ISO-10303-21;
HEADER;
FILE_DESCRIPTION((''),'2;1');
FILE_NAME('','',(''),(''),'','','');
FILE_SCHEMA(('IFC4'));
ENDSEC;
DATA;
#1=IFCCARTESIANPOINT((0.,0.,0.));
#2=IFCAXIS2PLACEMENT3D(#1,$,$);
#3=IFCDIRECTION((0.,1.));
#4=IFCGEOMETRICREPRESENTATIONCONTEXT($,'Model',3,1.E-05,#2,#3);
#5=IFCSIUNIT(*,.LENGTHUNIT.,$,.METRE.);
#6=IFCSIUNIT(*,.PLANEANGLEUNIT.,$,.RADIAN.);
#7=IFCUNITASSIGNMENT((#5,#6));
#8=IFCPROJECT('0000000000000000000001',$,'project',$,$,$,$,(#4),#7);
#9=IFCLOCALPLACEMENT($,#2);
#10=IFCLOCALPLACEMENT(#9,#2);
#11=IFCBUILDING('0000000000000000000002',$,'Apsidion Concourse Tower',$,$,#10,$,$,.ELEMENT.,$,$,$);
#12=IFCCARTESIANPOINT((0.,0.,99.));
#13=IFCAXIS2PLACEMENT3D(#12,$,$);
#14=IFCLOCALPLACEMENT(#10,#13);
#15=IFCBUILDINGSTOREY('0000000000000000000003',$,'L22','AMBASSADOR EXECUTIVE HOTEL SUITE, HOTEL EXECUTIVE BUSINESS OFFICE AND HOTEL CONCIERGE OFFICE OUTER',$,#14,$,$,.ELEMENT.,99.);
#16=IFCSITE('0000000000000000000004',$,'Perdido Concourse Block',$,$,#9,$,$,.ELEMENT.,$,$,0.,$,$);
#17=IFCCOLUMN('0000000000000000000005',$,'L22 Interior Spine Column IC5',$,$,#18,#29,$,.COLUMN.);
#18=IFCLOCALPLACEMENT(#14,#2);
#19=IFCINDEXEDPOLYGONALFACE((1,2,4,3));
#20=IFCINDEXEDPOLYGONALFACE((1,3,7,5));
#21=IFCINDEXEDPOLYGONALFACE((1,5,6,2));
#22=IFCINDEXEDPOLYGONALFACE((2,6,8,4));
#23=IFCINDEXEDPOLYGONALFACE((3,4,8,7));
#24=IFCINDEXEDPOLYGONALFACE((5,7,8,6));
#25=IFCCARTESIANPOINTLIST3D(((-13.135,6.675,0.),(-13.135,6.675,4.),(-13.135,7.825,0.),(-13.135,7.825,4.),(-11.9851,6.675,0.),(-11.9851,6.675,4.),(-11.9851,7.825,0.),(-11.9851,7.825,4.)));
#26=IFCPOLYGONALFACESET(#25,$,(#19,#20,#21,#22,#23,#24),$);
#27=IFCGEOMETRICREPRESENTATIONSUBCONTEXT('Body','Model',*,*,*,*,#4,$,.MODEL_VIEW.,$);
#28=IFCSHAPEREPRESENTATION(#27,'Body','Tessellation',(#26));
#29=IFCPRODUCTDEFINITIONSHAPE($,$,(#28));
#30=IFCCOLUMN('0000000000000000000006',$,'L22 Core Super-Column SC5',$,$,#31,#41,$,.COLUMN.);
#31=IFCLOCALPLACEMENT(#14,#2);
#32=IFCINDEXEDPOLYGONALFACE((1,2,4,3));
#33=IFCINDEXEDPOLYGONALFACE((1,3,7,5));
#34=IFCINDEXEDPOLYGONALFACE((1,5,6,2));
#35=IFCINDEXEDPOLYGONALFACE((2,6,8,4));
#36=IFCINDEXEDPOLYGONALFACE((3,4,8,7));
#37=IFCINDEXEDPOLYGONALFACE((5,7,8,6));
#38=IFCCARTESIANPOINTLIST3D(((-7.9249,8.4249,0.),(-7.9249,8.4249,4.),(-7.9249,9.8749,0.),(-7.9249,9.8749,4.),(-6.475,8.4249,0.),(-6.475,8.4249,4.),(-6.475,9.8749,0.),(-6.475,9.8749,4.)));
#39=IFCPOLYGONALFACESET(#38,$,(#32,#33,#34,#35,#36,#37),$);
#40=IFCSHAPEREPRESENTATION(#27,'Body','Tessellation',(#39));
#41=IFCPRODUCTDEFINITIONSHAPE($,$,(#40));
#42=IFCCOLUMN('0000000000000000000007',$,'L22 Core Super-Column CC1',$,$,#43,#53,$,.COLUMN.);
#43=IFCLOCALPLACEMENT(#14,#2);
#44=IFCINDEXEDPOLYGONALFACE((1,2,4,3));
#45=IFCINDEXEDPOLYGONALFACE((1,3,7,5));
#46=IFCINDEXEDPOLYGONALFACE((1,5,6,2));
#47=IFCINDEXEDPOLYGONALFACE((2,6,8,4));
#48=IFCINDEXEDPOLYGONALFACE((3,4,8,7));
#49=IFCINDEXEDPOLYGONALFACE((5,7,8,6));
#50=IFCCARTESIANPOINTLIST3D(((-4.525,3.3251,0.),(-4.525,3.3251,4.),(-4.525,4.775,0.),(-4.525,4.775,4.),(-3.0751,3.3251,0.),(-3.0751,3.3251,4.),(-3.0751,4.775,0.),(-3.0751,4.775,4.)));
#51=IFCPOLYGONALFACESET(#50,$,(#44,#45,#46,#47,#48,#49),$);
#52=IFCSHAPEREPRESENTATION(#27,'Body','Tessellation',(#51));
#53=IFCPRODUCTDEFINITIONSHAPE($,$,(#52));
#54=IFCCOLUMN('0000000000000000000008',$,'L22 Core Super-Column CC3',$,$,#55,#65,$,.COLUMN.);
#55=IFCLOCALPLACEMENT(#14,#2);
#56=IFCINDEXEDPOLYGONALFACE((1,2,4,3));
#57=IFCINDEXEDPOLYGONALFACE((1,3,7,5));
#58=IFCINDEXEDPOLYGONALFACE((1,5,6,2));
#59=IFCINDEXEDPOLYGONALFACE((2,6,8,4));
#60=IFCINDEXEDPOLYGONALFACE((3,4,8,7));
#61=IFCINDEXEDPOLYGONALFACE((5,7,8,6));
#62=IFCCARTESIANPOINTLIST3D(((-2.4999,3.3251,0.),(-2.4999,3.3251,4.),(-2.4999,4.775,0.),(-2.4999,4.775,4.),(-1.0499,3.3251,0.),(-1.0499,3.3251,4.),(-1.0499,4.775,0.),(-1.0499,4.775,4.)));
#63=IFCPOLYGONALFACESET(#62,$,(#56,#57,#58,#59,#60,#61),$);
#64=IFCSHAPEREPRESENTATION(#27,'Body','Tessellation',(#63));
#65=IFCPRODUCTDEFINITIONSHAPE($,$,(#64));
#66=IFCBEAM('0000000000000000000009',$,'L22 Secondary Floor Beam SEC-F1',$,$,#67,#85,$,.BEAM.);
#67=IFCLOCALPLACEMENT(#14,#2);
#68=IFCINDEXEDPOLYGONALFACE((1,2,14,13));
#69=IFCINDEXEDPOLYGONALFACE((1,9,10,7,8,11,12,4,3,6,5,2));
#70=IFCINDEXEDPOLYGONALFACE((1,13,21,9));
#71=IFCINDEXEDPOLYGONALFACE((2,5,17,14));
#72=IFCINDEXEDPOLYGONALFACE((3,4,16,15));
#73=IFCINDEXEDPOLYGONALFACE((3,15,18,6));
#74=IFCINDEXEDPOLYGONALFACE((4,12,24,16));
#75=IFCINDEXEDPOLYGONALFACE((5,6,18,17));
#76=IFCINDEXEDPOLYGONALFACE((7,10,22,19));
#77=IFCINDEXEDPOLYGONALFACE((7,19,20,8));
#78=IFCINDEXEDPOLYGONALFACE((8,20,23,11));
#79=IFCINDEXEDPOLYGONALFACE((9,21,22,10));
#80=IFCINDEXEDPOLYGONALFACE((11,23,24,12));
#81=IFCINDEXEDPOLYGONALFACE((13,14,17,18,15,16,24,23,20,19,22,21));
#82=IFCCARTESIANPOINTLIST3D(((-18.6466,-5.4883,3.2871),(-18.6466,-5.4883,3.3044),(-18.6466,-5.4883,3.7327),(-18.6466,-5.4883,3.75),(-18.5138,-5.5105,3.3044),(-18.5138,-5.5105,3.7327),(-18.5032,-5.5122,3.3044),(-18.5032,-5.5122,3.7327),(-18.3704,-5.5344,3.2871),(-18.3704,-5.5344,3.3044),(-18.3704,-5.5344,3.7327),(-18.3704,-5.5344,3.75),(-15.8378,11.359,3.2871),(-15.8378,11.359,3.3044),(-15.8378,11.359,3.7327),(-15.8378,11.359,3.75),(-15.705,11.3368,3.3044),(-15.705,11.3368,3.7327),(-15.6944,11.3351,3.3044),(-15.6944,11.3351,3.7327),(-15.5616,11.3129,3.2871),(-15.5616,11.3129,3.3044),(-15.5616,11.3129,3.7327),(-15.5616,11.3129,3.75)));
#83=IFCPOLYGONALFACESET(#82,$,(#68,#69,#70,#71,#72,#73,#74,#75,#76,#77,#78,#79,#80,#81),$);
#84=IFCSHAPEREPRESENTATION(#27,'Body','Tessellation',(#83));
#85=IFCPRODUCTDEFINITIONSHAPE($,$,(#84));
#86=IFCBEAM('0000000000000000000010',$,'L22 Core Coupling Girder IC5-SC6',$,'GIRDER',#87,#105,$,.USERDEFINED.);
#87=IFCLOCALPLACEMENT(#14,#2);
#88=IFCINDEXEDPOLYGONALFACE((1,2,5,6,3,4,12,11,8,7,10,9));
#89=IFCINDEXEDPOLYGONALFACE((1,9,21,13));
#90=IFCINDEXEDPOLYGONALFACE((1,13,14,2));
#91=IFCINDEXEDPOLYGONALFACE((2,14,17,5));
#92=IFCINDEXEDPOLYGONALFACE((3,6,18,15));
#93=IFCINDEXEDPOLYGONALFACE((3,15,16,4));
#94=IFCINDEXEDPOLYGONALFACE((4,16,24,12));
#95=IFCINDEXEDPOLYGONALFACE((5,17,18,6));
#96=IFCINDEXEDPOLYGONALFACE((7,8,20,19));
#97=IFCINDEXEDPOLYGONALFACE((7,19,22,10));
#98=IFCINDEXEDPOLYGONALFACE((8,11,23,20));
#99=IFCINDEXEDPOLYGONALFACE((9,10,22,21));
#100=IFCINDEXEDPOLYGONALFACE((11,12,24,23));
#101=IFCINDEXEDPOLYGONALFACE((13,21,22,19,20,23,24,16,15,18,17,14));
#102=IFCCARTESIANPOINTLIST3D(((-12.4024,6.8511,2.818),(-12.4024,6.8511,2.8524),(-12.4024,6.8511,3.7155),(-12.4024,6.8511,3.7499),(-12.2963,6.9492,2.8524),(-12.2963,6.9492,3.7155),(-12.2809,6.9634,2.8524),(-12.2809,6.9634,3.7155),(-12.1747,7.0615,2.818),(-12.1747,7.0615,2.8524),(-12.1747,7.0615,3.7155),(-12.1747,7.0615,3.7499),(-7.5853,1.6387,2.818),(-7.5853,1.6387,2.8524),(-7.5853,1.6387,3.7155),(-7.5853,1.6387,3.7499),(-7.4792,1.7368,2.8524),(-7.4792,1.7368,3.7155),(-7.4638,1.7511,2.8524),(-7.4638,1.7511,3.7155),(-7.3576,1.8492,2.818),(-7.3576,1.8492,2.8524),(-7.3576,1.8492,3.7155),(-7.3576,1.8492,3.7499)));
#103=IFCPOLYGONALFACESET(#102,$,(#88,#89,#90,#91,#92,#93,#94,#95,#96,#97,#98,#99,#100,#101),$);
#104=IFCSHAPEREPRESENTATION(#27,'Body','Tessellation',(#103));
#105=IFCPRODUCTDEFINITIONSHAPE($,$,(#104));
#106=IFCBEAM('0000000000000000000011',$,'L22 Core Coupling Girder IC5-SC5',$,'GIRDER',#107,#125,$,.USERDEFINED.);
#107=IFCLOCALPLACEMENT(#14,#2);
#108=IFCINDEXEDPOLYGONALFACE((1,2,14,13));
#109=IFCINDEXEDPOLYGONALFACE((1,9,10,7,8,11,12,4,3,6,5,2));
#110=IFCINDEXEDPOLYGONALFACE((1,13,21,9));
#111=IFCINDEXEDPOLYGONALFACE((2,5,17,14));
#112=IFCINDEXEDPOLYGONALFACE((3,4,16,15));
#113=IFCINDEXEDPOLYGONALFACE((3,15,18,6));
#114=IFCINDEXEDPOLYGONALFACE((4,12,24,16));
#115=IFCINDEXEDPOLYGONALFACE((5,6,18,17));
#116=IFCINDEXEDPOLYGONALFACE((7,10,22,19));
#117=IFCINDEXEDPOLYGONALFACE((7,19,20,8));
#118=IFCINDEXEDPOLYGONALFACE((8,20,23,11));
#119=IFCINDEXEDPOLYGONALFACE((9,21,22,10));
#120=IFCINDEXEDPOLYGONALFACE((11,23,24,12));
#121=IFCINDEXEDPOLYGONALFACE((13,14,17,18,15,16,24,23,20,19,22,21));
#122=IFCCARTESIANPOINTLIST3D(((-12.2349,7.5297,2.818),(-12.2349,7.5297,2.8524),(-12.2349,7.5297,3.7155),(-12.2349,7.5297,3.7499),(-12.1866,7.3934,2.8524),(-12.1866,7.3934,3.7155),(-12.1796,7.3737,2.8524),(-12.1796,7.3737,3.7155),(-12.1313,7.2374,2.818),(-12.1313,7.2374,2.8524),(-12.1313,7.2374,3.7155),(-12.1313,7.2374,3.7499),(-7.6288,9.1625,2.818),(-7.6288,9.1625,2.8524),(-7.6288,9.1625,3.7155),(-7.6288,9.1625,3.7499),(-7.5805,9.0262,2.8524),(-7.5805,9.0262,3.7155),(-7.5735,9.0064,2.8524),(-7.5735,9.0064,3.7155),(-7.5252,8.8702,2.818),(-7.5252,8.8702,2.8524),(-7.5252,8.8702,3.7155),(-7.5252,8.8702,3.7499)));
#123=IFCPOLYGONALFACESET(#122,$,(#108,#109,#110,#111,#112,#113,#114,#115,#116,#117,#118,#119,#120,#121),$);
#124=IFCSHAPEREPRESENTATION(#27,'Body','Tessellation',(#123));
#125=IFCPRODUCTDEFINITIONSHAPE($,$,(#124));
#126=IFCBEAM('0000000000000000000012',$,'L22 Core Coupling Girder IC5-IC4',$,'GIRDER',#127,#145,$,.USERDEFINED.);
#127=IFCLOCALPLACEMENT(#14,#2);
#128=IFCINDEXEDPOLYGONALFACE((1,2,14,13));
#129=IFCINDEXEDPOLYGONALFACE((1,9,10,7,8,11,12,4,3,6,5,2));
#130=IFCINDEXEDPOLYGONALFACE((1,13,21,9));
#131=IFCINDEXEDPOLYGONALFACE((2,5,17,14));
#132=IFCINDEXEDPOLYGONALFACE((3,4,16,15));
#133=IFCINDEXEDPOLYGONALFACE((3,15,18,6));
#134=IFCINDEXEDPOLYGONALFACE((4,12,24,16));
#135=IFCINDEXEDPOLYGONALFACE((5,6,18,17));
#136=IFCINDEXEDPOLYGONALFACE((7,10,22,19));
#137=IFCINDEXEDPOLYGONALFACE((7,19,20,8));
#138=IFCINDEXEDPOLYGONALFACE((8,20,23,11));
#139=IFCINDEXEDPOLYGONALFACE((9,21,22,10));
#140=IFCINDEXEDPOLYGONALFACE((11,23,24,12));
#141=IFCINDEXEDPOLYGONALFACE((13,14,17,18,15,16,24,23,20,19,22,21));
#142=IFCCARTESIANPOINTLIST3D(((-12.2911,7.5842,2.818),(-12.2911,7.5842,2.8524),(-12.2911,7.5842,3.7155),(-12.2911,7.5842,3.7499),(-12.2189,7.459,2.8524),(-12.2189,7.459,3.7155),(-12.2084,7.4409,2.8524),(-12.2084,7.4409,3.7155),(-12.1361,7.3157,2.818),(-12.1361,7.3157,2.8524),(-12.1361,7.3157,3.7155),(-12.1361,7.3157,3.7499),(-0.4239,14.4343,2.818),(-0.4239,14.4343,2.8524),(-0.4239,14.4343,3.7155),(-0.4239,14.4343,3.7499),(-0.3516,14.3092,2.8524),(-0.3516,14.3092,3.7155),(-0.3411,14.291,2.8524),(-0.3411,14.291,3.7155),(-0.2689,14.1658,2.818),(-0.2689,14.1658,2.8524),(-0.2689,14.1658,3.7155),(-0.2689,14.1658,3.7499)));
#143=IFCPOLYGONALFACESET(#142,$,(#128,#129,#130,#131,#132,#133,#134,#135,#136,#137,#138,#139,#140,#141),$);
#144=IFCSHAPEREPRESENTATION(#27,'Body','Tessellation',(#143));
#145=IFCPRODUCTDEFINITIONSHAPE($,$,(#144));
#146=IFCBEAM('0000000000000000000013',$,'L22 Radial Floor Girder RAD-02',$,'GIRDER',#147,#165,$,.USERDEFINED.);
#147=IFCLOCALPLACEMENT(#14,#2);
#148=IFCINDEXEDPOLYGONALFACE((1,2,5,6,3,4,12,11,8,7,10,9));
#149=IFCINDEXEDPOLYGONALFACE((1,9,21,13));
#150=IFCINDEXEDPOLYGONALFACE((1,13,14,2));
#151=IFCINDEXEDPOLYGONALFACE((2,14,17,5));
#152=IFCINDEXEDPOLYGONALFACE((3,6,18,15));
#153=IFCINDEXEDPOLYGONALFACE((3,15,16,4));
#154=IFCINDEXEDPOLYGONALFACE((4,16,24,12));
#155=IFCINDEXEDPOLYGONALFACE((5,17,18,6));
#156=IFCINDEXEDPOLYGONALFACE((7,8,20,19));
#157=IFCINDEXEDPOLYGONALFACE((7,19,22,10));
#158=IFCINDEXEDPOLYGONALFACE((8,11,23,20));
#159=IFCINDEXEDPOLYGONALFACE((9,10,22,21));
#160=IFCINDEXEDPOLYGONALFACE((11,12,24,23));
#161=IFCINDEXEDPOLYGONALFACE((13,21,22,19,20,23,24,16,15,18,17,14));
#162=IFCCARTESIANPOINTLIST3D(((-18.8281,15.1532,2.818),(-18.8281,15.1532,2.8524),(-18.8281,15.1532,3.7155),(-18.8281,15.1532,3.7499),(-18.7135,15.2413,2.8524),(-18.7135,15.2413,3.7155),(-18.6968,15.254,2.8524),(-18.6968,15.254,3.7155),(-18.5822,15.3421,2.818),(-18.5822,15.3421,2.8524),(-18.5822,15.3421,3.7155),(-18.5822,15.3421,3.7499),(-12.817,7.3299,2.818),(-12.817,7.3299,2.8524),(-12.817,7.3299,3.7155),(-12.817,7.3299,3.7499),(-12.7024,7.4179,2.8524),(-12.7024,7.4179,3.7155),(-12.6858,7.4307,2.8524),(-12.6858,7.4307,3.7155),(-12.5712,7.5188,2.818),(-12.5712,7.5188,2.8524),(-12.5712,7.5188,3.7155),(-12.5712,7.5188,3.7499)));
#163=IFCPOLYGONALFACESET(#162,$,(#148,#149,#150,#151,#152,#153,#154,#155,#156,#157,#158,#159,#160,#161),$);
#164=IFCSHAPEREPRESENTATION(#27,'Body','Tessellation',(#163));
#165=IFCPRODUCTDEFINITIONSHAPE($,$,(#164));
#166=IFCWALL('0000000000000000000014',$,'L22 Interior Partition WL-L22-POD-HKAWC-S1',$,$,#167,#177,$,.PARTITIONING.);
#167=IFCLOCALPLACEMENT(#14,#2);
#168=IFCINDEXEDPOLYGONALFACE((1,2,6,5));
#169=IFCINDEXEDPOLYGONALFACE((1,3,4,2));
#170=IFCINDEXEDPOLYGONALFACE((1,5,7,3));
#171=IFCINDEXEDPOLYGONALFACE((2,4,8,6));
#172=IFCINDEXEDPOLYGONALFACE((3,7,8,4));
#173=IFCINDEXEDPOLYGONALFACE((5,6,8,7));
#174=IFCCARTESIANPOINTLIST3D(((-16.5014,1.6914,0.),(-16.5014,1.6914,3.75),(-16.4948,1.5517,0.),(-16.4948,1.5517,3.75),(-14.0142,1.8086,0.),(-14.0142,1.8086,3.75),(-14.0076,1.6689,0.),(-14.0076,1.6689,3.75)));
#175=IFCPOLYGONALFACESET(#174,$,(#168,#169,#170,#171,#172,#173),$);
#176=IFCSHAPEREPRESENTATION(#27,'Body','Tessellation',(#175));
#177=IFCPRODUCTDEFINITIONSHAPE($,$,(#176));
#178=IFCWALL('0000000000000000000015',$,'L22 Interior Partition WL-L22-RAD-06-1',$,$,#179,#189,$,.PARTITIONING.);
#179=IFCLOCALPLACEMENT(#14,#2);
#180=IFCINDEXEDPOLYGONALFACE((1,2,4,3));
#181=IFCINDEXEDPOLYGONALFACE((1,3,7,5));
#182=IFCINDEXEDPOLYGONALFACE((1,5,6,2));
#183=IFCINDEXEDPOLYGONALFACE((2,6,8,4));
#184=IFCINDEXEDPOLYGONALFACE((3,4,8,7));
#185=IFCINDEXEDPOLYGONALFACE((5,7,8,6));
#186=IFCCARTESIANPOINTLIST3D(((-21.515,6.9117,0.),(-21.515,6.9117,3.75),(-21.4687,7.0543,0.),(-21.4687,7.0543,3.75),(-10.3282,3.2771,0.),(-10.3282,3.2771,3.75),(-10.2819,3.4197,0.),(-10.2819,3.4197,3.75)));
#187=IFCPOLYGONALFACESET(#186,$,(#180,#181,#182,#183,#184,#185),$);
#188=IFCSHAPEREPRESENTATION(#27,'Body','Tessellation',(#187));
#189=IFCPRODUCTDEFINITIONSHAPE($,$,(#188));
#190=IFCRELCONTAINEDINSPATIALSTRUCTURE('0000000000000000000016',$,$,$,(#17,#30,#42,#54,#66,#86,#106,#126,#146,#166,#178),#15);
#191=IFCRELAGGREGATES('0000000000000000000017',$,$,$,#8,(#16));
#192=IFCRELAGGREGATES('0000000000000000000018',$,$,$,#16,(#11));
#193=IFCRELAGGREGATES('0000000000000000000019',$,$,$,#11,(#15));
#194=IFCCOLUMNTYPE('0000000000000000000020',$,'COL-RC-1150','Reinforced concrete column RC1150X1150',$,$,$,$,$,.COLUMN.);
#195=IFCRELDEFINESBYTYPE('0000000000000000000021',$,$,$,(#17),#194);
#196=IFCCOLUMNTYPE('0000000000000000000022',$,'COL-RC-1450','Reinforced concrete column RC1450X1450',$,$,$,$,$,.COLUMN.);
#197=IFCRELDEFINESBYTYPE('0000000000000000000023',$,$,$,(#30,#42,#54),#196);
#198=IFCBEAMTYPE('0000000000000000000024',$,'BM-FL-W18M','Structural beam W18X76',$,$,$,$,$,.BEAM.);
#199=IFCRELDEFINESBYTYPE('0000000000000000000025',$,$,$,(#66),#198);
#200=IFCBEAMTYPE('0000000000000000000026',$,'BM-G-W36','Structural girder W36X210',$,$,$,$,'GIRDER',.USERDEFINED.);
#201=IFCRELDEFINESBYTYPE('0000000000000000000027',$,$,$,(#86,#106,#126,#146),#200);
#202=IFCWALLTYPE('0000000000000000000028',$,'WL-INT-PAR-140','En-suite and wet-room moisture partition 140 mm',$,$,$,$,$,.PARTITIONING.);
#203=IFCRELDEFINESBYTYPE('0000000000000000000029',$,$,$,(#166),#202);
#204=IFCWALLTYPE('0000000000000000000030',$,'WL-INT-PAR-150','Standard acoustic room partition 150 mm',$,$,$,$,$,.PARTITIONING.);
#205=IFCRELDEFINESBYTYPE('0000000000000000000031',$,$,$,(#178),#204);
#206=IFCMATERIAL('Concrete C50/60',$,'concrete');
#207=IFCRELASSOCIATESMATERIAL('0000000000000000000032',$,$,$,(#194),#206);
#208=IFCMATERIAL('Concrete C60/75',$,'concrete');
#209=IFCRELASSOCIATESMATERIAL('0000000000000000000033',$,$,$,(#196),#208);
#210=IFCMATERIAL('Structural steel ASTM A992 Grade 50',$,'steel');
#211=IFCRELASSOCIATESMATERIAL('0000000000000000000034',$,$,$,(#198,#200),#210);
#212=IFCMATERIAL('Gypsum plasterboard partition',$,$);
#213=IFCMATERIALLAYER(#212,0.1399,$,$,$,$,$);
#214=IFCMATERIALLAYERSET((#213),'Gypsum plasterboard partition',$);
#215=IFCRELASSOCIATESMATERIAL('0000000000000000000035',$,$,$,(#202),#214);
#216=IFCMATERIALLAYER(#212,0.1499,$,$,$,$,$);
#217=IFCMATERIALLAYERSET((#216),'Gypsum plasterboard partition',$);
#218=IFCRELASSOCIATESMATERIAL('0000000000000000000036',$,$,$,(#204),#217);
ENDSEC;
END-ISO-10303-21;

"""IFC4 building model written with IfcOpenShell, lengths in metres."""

from ifc_helpers import new_model, si_unit, direction, frame, frame_2d, origin, origin_2d, place, context, subcontext, project, spatial, rectangle, i_section, extrude, material, layer, layer_set, material_profile, profile_set, type_object, element, save


model = new_model("IFC4")

# Units and contexts
model_context = context("Model", 3, precision=1e-05, world=origin(), true_north=direction((0.0, 1.0)))
body_context = subcontext(model_context, "Body", "Model", "MODEL_VIEW")
ifc_project = project(units=[si_unit("LENGTHUNIT", "METRE"), si_unit("PLANEANGLEUNIT", "RADIAN")], contexts=[model_context])

# Site, building, storey
site_placement = place(None, origin())
site = spatial("IfcSite", under=ifc_project, at=site_placement, Name="Perdido Concourse Block", CompositionType="ELEMENT", RefElevation=0.0)
building_placement = place(site_placement, origin())
building = spatial("IfcBuilding", under=site, at=building_placement, Name="Apsidion Concourse Tower", CompositionType="ELEMENT")
storey_placement = place(building_placement, frame((0.0, 0.0, 99.0)))
storey = spatial("IfcBuildingStorey", under=building, at=storey_placement, Name="L22", Description="AMBASSADOR EXECUTIVE HOTEL SUITE, HOTEL EXECUTIVE BUSINESS OFFICE AND HOTEL CONCIERGE OFFICE OUTER", CompositionType="ELEMENT", Elevation=99.0)

# Columns
ifc_material_1 = material(Name="Concrete C50/60", Category="concrete")
ifc_material_profile_1 = material_profile(ifc_material_1, rectangle(XDim=1.1499, YDim=1.1499, at=origin_2d()), Name="RC 1150x1150")
ifc_profile_set_1 = profile_set([ifc_material_profile_1], Name="Concrete C50/60")
column_type_1 = type_object("IfcColumnType", Name="COL-RC-1150", Description="Reinforced concrete column RC1150X1150", PredefinedType="COLUMN", material=ifc_profile_set_1)
column_placement = place(storey_placement, frame((-12.5601, 7.25, 0.0), z_axis=(0.0, 0.0, 1.0), x_axis=(1.0, 0.0, 0.0)))
element("IfcColumn", 1, at=column_placement, inside=storey, type_object=column_type_1, Name="L22 Interior Spine Column IC5", PredefinedType="COLUMN", context=body_context, shape_type="SweptSolid", body=[
    extrude(rectangle(XDim=1.1499, YDim=1.1499, at=origin_2d()), origin(), (0.0, 0.0, 1.0), 4.0),
])
ifc_material_2 = material(Name="Concrete C60/75", Category="concrete")
ifc_material_profile_2 = material_profile(ifc_material_2, rectangle(XDim=1.45, YDim=1.45, at=origin_2d()), Name="RC 1450x1450")
ifc_profile_set_2 = profile_set([ifc_material_profile_2], Name="Concrete C60/75")
column_type_2 = type_object("IfcColumnType", Name="COL-RC-1450", Description="Reinforced concrete column RC1450X1450", PredefinedType="COLUMN", material=ifc_profile_set_2)
for number, where, z_axis, x_axis, name in (
    (2, (-7.2, 9.1499, 0.0), (0.0, 0.0, 1.0), (1.0, 0.0, 0.0), "L22 Core Super-Column SC5"),
    (3, (-3.8, 4.05, 0.0), (0.0, 0.0, 1.0), (1.0, 0.0, 0.0), "L22 Core Super-Column CC1"),
    (4, (-1.7749, 4.05, 0.0), (0.0, 0.0, 1.0), (1.0, 0.0, 0.0), "L22 Core Super-Column CC3"),
):
    element("IfcColumn", number, at=place(storey_placement, frame(where, z_axis=z_axis, x_axis=x_axis)), inside=storey, type_object=column_type_2, Name=name, PredefinedType="COLUMN", context=body_context, shape_type="SweptSolid", body=[
        extrude(rectangle(XDim=1.45, YDim=1.45, at=origin_2d()), origin(), (0.0, 0.0, 1.0), 4.0),
    ])

# Beams
ifc_material_3 = material(Name="Structural steel ASTM A992 Grade 50", Category="steel")
ifc_material_profile_3 = material_profile(ifc_material_3, i_section(OverallWidth=0.28, OverallDepth=0.4629, WebThickness=0.0107, FlangeThickness=0.0173, at=origin_2d()), Name="W18X76")
ifc_profile_set_3 = profile_set([ifc_material_profile_3], Name="Structural steel ASTM A992 Grade 50")
beam_type_1 = type_object("IfcBeamType", Name="BM-FL-W18M", Description="Structural beam W18X76", PredefinedType="BEAM", material=ifc_profile_set_3)
beam_1_placement = place(storey_placement, frame((-15.6997, 11.3359, 3.5186), z_axis=(-0.164452, -0.986385, 0.0), x_axis=(0.986385, -0.164452, 0.0)))
element("IfcBeam", 5, at=beam_1_placement, inside=storey, type_object=beam_type_1, Name="L22 Secondary Floor Beam SEC-F1", PredefinedType="BEAM", context=body_context, shape_type="SweptSolid", body=[
    extrude(i_section(OverallWidth=0.28, OverallDepth=0.4629, WebThickness=0.0107, FlangeThickness=0.0173, at=origin_2d()), origin(), (0.0, 0.0, 1.0), 17.0798),
])
ifc_material_profile_4 = material_profile(ifc_material_3, i_section(OverallWidth=0.3101, OverallDepth=0.9319, WebThickness=0.021, FlangeThickness=0.0344, at=origin_2d()), Name="W36X210")
ifc_profile_set_4 = profile_set([ifc_material_profile_4], Name="Structural steel ASTM A992 Grade 50")
beam_type_2 = type_object("IfcBeamType", Name="BM-G-W36", Description="Structural girder W36X210", ElementType="GIRDER", PredefinedType="USERDEFINED", material=ifc_profile_set_4)
beam_2_placement = place(storey_placement, frame((-12.2886, 6.9563, 3.2839), z_axis=(0.678713, -0.734404, 0.0), x_axis=(0.734404, 0.678713, 0.0)))
element("IfcBeam", 6, at=beam_2_placement, inside=storey, type_object=beam_type_2, Name="L22 Core Coupling Girder IC5-SC6", ObjectType="GIRDER", PredefinedType="USERDEFINED", context=body_context, shape_type="SweptSolid", body=[
    extrude(i_section(OverallWidth=0.3101, OverallDepth=0.9319, WebThickness=0.021, FlangeThickness=0.0344, at=origin_2d()), origin(), (0.0, 0.0, 1.0), 7.0974),
])
beam_3_placement = place(storey_placement, frame((-12.1831, 7.3835, 3.2839), z_axis=(0.942534, 0.334111, 0.0), x_axis=(-0.334111, 0.942534, 0.0)))
element("IfcBeam", 7, at=beam_3_placement, inside=storey, type_object=beam_type_2, Name="L22 Core Coupling Girder IC5-SC5", ObjectType="GIRDER", PredefinedType="USERDEFINED", context=body_context, shape_type="SweptSolid", body=[
    extrude(i_section(OverallWidth=0.3101, OverallDepth=0.9319, WebThickness=0.021, FlangeThickness=0.0344, at=origin_2d()), origin(), (0.0, 0.0, 1.0), 4.887),
])
beam_4_placement = place(storey_placement, frame((-12.2136, 7.45, 3.2839), z_axis=(0.86607, 0.499922, 0.0), x_axis=(-0.499922, 0.86607, 0.0)))
element("IfcBeam", 8, at=beam_4_placement, inside=storey, type_object=beam_type_2, Name="L22 Core Coupling Girder IC5-IC4", ObjectType="GIRDER", PredefinedType="USERDEFINED", context=body_context, shape_type="SweptSolid", body=[
    extrude(i_section(OverallWidth=0.3101, OverallDepth=0.9319, WebThickness=0.021, FlangeThickness=0.0344, at=origin_2d()), origin(), (0.0, 0.0, 1.0), 13.7024),
])
beam_5_placement = place(storey_placement, frame((-12.6941, 7.4243, 3.2839), z_axis=(-0.609272, 0.792961, 0.0), x_axis=(-0.792961, -0.609272, 0.0)))
element("IfcBeam", 9, at=beam_5_placement, inside=storey, type_object=beam_type_2, Name="L22 Radial Floor Girder RAD-02", ObjectType="GIRDER", PredefinedType="USERDEFINED", context=body_context, shape_type="SweptSolid", body=[
    extrude(i_section(OverallWidth=0.3101, OverallDepth=0.9319, WebThickness=0.021, FlangeThickness=0.0344, at=origin_2d()), origin(), (0.0, 0.0, 1.0), 9.866),
])

# Walls
ifc_material_4 = material(Name="Gypsum plasterboard partition")
ifc_layer_1 = layer(ifc_material_4, 0.1399)
ifc_layer_set_1 = layer_set([ifc_layer_1], Name="Gypsum plasterboard partition")
wall_type_1 = type_object("IfcWallType", Name="WL-INT-PAR-140", Description="En-suite and wet-room moisture partition 140 mm", PredefinedType="PARTITIONING", material=ifc_layer_set_1)
wall_1_placement = place(storey_placement, frame((-14.0107, 1.7388, 0.0), z_axis=(0.0, 0.0, 1.0), x_axis=(-0.998892, -0.047062, 0.0)))
element("IfcWall", 10, at=wall_1_placement, inside=storey, type_object=wall_type_1, Name="L22 Interior Partition WL-L22-POD-HKAWC-S1", PredefinedType="PARTITIONING", context=body_context, shape_type="SweptSolid", body=[
    extrude(rectangle(XDim=2.49, YDim=0.1399, at=frame_2d((1.2451, 0.0))), origin(), (0.0, 0.0, 1.0), 3.75),
])
ifc_layer_2 = layer(ifc_material_4, 0.1499)
ifc_layer_set_2 = layer_set([ifc_layer_2], Name="Gypsum plasterboard partition")
wall_type_2 = type_object("IfcWallType", Name="WL-INT-PAR-150", Description="Standard acoustic room partition 150 mm", PredefinedType="PARTITIONING", material=ifc_layer_set_2)
wall_2_placement = place(storey_placement, frame((-10.3049, 3.3484, 0.0), z_axis=(0.0, 0.0, 1.0), x_axis=(-0.951064, 0.308995, 0.0)))
element("IfcWall", 11, at=wall_2_placement, inside=storey, type_object=wall_type_2, Name="L22 Interior Partition WL-L22-RAD-06-1", PredefinedType="PARTITIONING", context=body_context, shape_type="SweptSolid", body=[
    extrude(rectangle(XDim=11.7625, YDim=0.1499, at=frame_2d((5.8813, 0.0))), origin(), (0.0, 0.0, 1.0), 3.75),
])

save(model, "model.ifc")
